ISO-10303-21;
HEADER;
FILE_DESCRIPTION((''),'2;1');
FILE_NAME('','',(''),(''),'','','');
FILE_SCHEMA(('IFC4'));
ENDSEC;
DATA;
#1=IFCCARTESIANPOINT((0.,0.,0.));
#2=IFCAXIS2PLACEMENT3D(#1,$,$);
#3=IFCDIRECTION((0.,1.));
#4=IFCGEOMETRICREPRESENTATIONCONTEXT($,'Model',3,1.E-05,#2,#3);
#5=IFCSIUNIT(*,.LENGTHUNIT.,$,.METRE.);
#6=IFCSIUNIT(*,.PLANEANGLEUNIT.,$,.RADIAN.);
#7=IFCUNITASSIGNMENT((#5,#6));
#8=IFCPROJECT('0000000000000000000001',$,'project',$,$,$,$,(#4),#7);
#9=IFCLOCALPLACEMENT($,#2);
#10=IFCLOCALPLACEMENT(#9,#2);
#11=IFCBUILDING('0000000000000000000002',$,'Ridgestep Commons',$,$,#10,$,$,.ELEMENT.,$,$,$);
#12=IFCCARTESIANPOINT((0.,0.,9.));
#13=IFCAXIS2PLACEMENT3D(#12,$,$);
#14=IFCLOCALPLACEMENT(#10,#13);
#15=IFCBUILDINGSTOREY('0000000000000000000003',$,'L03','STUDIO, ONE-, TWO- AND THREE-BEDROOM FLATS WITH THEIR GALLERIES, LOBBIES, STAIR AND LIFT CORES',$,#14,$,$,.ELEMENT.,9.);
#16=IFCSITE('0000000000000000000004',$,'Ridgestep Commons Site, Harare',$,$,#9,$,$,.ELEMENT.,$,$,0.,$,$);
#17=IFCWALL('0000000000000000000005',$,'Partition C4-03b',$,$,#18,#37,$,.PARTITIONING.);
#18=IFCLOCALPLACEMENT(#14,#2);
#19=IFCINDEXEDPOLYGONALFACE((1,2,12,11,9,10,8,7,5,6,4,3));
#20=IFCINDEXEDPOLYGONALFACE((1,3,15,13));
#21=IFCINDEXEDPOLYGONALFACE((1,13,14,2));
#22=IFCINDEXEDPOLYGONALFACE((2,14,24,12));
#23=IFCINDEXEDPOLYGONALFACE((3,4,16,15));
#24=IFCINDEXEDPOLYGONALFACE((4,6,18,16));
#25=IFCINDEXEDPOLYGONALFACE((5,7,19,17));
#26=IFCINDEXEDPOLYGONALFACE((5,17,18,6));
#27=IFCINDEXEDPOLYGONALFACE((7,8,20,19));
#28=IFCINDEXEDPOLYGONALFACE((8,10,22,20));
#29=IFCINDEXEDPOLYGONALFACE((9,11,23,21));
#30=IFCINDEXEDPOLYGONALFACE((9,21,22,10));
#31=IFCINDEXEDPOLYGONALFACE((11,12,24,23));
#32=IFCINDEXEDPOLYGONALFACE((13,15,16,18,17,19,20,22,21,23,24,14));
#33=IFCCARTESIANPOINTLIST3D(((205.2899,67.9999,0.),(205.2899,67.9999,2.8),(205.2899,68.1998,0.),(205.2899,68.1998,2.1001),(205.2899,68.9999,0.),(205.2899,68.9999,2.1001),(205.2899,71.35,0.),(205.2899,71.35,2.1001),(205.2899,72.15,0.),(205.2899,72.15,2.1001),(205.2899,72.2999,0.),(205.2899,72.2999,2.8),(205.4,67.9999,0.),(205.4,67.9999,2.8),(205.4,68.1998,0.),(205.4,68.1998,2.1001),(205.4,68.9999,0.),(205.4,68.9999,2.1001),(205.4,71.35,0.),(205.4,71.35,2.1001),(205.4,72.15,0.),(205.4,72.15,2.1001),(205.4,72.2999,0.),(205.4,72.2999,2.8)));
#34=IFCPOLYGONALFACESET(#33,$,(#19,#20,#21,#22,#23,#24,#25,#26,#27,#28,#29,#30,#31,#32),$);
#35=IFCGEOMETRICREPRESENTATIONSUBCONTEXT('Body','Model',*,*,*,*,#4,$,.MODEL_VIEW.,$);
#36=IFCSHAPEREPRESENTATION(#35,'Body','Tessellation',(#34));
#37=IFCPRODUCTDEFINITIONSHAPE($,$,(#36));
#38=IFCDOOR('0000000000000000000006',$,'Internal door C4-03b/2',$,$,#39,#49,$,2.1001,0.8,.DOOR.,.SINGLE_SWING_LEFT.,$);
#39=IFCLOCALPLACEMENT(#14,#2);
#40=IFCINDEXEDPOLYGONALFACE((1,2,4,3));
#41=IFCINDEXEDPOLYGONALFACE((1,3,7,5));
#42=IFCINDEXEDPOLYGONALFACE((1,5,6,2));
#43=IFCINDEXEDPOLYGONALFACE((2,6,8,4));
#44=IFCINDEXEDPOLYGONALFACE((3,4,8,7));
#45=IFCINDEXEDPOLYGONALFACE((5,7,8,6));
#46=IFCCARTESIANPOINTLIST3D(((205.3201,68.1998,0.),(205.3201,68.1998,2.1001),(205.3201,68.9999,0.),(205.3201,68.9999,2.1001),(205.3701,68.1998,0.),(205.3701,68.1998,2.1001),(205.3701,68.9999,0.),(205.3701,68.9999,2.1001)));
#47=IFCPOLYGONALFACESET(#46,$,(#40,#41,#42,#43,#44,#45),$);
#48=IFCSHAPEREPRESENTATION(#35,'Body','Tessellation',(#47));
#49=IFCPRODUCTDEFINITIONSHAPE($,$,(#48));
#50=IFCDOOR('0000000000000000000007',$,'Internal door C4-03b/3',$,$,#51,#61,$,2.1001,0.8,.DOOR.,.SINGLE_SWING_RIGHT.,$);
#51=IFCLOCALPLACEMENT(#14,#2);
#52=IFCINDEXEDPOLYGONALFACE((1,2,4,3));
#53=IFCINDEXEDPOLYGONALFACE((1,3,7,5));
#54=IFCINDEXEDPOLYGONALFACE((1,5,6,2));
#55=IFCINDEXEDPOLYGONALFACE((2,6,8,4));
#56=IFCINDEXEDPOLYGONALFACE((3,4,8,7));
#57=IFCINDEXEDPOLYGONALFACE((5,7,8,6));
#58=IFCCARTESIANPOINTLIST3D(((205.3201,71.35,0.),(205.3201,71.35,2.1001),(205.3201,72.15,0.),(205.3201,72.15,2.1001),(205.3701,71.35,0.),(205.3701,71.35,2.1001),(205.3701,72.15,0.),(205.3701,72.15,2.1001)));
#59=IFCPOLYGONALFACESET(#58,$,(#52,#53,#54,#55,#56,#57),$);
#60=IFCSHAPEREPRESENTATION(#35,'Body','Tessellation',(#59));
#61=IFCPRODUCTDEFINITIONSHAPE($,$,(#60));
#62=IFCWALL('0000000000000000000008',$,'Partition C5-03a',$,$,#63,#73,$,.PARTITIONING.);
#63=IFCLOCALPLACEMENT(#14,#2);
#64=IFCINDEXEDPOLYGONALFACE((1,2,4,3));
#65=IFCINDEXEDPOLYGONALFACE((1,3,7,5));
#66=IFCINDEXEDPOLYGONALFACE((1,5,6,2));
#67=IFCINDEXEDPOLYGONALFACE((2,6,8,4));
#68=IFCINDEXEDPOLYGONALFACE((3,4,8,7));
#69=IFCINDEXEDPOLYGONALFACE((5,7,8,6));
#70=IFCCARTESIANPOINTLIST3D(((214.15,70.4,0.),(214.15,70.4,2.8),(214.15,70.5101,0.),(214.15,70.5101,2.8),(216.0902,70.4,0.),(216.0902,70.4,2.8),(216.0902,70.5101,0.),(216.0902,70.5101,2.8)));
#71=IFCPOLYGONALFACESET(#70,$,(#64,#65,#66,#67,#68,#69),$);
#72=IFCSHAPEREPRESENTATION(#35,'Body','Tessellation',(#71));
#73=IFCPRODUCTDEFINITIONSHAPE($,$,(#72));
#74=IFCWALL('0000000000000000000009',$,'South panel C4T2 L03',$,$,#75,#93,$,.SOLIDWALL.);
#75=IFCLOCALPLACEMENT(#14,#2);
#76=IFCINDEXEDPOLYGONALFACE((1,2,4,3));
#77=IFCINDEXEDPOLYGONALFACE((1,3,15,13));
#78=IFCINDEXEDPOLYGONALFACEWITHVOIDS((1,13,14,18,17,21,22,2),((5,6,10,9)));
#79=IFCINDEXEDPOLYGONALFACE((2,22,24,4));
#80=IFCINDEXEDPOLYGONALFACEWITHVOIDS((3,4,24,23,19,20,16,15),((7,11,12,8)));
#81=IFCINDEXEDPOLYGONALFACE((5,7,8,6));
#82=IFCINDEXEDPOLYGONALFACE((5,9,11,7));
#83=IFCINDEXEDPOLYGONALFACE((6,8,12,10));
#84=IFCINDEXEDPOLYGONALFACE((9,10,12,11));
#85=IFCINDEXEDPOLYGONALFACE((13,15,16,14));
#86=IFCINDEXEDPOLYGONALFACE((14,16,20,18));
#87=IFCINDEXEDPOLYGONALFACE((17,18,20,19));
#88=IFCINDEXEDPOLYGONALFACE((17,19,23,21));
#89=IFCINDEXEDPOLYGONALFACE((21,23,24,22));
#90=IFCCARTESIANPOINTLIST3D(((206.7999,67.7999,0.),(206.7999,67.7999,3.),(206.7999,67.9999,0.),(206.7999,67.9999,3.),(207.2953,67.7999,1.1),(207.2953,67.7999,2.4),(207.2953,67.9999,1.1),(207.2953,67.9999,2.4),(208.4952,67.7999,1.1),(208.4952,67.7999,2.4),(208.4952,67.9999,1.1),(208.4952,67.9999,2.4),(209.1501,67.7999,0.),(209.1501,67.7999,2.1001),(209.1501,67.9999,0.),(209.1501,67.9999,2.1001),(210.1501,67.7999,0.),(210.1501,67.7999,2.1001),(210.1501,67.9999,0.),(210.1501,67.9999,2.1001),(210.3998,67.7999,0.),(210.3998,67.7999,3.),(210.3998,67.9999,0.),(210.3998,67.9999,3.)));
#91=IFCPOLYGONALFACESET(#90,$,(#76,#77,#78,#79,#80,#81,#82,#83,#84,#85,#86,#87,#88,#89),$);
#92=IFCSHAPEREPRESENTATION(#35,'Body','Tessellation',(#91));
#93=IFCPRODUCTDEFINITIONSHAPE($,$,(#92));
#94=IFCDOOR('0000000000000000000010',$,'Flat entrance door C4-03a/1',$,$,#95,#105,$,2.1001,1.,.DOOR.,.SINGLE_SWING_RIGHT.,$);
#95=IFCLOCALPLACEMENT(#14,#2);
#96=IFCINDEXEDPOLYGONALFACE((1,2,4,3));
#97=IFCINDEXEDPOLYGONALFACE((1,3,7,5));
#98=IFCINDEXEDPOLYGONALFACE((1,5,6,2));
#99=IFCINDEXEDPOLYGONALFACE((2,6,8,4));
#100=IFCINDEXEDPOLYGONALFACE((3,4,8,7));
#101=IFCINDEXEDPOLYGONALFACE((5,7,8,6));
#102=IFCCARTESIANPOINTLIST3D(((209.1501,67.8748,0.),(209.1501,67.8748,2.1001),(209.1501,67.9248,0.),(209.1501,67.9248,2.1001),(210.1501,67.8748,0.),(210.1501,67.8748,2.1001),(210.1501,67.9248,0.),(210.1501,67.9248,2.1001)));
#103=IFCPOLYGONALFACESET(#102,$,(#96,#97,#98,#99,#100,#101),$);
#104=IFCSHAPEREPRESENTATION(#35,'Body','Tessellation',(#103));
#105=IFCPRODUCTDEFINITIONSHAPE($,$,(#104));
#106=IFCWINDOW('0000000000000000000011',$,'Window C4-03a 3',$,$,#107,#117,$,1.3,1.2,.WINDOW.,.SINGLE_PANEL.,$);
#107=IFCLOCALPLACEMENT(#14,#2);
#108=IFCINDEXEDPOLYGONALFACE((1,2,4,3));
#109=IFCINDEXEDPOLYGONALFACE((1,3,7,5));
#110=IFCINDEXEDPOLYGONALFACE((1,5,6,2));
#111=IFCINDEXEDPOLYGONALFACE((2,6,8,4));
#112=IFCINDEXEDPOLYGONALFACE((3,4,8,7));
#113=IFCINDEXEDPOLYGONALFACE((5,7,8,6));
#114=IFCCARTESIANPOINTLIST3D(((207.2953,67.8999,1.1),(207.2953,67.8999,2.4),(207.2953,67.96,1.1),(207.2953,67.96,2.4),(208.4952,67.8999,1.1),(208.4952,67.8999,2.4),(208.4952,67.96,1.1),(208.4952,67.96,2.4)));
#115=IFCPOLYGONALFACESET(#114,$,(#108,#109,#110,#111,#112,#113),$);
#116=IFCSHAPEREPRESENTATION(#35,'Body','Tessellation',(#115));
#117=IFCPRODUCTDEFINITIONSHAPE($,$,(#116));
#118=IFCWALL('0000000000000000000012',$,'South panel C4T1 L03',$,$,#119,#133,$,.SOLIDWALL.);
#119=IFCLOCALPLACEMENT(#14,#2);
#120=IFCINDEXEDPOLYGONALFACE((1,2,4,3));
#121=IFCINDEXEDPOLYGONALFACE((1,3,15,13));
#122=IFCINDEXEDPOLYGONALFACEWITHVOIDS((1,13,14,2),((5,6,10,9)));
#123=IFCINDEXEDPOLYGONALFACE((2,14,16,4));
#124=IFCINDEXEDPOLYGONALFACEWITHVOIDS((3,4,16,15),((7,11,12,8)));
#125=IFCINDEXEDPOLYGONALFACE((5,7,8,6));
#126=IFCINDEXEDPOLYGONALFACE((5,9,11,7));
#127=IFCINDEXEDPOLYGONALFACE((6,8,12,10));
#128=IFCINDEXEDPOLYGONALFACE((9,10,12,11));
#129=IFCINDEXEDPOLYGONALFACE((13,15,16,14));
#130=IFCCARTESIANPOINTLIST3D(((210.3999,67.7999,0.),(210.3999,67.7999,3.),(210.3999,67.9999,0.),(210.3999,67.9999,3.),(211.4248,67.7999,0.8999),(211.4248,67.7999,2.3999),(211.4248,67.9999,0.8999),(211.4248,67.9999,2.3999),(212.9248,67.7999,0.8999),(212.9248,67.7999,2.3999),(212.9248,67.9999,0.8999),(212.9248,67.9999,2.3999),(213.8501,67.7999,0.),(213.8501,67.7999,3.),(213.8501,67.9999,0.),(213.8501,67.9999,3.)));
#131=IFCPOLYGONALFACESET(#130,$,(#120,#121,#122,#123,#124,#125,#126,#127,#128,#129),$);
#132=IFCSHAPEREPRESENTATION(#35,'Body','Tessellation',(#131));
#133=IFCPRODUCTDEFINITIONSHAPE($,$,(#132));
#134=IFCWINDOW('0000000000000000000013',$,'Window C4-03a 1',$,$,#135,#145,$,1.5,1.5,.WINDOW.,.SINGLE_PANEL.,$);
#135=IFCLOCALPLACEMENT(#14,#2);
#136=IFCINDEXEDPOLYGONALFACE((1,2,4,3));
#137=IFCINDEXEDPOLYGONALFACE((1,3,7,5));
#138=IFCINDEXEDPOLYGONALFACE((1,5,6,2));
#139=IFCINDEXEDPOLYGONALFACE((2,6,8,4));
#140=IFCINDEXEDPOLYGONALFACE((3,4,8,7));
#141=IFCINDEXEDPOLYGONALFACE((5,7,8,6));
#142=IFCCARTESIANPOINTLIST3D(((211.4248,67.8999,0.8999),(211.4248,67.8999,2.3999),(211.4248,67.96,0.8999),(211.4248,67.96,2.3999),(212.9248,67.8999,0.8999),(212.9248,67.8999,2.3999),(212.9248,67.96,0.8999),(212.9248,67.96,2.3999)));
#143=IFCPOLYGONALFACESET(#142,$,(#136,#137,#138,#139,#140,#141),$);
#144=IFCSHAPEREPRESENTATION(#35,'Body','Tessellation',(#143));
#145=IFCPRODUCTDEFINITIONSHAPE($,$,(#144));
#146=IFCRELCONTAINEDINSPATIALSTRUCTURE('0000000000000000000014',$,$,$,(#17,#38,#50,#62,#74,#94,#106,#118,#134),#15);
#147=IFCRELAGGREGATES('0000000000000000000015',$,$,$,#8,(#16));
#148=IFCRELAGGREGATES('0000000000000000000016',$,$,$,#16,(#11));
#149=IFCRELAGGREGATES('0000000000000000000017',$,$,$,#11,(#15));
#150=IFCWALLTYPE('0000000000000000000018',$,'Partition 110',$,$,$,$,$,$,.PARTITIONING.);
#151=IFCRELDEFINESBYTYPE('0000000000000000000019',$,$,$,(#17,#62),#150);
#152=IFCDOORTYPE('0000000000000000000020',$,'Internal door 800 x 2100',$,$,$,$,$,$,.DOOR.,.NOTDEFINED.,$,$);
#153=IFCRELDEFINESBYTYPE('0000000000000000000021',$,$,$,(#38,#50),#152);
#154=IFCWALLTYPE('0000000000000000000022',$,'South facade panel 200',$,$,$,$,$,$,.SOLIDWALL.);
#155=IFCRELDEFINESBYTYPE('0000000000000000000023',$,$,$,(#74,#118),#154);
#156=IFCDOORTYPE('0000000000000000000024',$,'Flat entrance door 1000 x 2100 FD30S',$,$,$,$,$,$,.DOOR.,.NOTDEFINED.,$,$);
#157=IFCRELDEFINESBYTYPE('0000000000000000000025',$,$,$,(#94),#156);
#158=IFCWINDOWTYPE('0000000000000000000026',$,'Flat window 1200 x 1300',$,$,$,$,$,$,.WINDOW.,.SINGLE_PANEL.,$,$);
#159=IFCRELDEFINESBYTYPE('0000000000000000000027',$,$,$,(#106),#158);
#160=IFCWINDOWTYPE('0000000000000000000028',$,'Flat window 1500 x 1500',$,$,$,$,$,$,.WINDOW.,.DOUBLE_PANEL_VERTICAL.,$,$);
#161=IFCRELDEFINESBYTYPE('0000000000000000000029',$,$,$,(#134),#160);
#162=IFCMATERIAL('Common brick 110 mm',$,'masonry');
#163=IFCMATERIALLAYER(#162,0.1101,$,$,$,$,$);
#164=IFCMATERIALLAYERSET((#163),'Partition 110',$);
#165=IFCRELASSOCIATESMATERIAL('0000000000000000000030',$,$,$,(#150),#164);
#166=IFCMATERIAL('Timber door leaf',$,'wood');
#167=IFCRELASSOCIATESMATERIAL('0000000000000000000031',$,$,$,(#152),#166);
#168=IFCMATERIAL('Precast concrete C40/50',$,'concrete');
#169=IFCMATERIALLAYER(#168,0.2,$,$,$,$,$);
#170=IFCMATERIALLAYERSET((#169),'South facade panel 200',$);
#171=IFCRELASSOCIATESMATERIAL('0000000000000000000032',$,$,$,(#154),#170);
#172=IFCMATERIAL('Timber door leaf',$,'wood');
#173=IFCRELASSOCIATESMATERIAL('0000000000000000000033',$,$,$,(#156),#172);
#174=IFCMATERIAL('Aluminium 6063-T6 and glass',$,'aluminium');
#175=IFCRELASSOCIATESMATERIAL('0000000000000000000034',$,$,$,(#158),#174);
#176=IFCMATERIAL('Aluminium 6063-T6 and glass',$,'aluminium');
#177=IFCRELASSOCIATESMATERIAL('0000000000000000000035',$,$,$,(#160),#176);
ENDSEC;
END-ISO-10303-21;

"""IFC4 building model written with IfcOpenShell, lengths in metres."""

from ifc_helpers import new_model, si_unit, direction, frame, frame_2d, origin, place, context, subcontext, project, spatial, rectangle, extrude, material, layer, layer_set, type_object, element, fill, save


model = new_model("IFC4")

# Units and contexts
model_context = context("Model", 3, precision=1e-05, world=origin(), true_north=direction((0.0, 1.0)))
body_context = subcontext(model_context, "Body", "Model", "MODEL_VIEW")
ifc_project = project(units=[si_unit("LENGTHUNIT", "METRE"), si_unit("PLANEANGLEUNIT", "RADIAN")], contexts=[model_context])

# Site, building, storey
site_placement = place(None, origin())
site = spatial("IfcSite", under=ifc_project, at=site_placement, Name="Ridgestep Commons Site, Harare", CompositionType="ELEMENT", RefElevation=0.0)
building_placement = place(site_placement, origin())
building = spatial("IfcBuilding", under=site, at=building_placement, Name="Ridgestep Commons", CompositionType="ELEMENT")
storey_placement = place(building_placement, frame((0.0, 0.0, 9.0)))
storey = spatial("IfcBuildingStorey", under=building, at=storey_placement, Name="L03", Description="STUDIO, ONE-, TWO- AND THREE-BEDROOM FLATS WITH THEIR GALLERIES, LOBBIES, STAIR AND LIFT CORES", CompositionType="ELEMENT", Elevation=9.0)

# Shared definitions
ifc_material_1 = material(Name="Common brick 110 mm", Category="masonry")
ifc_layer_1 = layer(ifc_material_1, 0.1101)
ifc_layer_set_1 = layer_set([ifc_layer_1], Name="Partition 110")
wall_type_1 = type_object("IfcWallType", Name="Partition 110", PredefinedType="PARTITIONING", material=ifc_layer_set_1)

# Wall, openings, doors
ifc_material_2 = material(Name="Timber door leaf", Category="wood")
door_type_1 = type_object("IfcDoorType", Name="Internal door 800 x 2100", OperationType="NOTDEFINED", PredefinedType="DOOR", material=ifc_material_2)
wall_1_placement = place(storey_placement, frame((205.345, 68.0, 0.0), z_axis=(0.0, 0.0, 1.0), x_axis=(0.0, 1.0, 0.0)))
wall_1 = element("IfcWall", 1, at=wall_1_placement, inside=storey, type_object=wall_type_1, Name="Partition C4-03b", PredefinedType="PARTITIONING", context=body_context, shape_type="SweptSolid", body=[
    extrude(rectangle(XDim=4.3, YDim=0.1101, at=frame_2d((2.1499, 0.0))), origin(), (0.0, 0.0, 1.0), 2.8),
])
opening_1_placement = place(wall_1_placement, frame((0.2, 0.0, 0.0)))
opening_1 = element("IfcOpeningElement", 2, at=opening_1_placement, cuts=wall_1, PredefinedType="OPENING", context=body_context, shape_type="SweptSolid", body=[
    extrude(rectangle(XDim=0.8, YDim=2.1001, at=frame_2d((0.3999, 1.05))), frame((0.0, 0.0649, 0.0), z_axis=(0.0, -1.0, 0.0), x_axis=(1.0, 0.0, 0.0)), (0.0, 0.0, 1.0), 0.1301),
])
opening_2_placement = place(wall_1_placement, frame((3.3501, 0.0, 0.0)))
opening_2 = element("IfcOpeningElement", 3, at=opening_2_placement, cuts=wall_1, PredefinedType="OPENING", context=body_context, shape_type="SweptSolid", body=[
    extrude(rectangle(XDim=0.8, YDim=2.1001, at=frame_2d((0.3999, 1.05))), frame((0.0, 0.0649, 0.0), z_axis=(0.0, -1.0, 0.0), x_axis=(1.0, 0.0, 0.0)), (0.0, 0.0, 1.0), 0.1301),
])
door_1_placement = place(opening_1_placement, origin())
door_1 = element("IfcDoor", 4, at=door_1_placement, inside=storey, type_object=door_type_1, Name="Internal door C4-03b/2", OperationType="SINGLE_SWING_LEFT", OverallHeight=2.1001, OverallWidth=0.8, PredefinedType="DOOR", context=body_context, shape_type="SweptSolid", body=[
    extrude(rectangle(XDim=0.8, YDim=2.1001, at=frame_2d((0.3999, 1.05))), frame((0.0, 0.0249, 0.0), z_axis=(0.0, -1.0, 0.0), x_axis=(1.0, 0.0, 0.0)), (0.0, 0.0, 1.0), 0.05),
])
fill(opening_1, door_1)
door_2_placement = place(opening_2_placement, origin())
door_2 = element("IfcDoor", 5, at=door_2_placement, inside=storey, type_object=door_type_1, Name="Internal door C4-03b/3", OperationType="SINGLE_SWING_RIGHT", OverallHeight=2.1001, OverallWidth=0.8, PredefinedType="DOOR", context=body_context, shape_type="SweptSolid", body=[
    extrude(rectangle(XDim=0.8, YDim=2.1001, at=frame_2d((0.3999, 1.05))), frame((0.0, 0.0249, 0.0), z_axis=(0.0, -1.0, 0.0), x_axis=(1.0, 0.0, 0.0)), (0.0, 0.0, 1.0), 0.05),
])
fill(opening_2, door_2)

# Wall
wall_2_placement = place(storey_placement, frame((214.1499, 70.4551, 0.0), z_axis=(0.0, 0.0, 1.0), x_axis=(1.0, 0.0, 0.0)))
element("IfcWall", 6, at=wall_2_placement, inside=storey, type_object=wall_type_1, Name="Partition C5-03a", PredefinedType="PARTITIONING", context=body_context, shape_type="SweptSolid", body=[
    extrude(rectangle(XDim=1.9402, YDim=0.1101, at=frame_2d((0.9702, 0.0))), origin(), (0.0, 0.0, 1.0), 2.8),
])

# Wall, openings, door, window
ifc_material_3 = material(Name="Precast concrete C40/50", Category="concrete")
ifc_layer_2 = layer(ifc_material_3, 0.2)
ifc_layer_set_2 = layer_set([ifc_layer_2], Name="South facade panel 200")
wall_type_2 = type_object("IfcWallType", Name="South facade panel 200", PredefinedType="SOLIDWALL", material=ifc_layer_set_2)
wall_3_placement = place(storey_placement, frame((206.8, 67.8999, 0.0), z_axis=(0.0, 0.0, 1.0), x_axis=(1.0, 0.0, 0.0)))
wall_3 = element("IfcWall", 7, at=wall_3_placement, inside=storey, type_object=wall_type_2, Name="South panel C4T2 L03", PredefinedType="SOLIDWALL", context=body_context, shape_type="SweptSolid", body=[
    extrude(rectangle(XDim=3.5999, YDim=0.2, at=frame_2d((1.7998, 0.0))), origin(), (0.0, 0.0, 1.0), 3.0),
])
opening_3_placement = place(wall_3_placement, frame((0.4951, 0.0, 1.1001)))
opening_3 = element("IfcOpeningElement", 8, at=opening_3_placement, cuts=wall_3, PredefinedType="OPENING", context=body_context, shape_type="SweptSolid", body=[
    extrude(rectangle(XDim=1.2, YDim=1.3, at=frame_2d((0.6001, 0.6499))), frame((0.0, 0.1099, 0.0), z_axis=(0.0, -1.0, 0.0), x_axis=(1.0, 0.0, 0.0)), (0.0, 0.0, 1.0), 0.22),
])
opening_4_placement = place(wall_3_placement, frame((2.3501, 0.0, 0.0)))
opening_4 = element("IfcOpeningElement", 9, at=opening_4_placement, cuts=wall_3, PredefinedType="OPENING", context=body_context, shape_type="SweptSolid", body=[
    extrude(rectangle(XDim=1.0, YDim=2.1001, at=frame_2d((0.5, 1.05))), frame((0.0, 0.1099, 0.0), z_axis=(0.0, -1.0, 0.0), x_axis=(1.0, 0.0, 0.0)), (0.0, 0.0, 1.0), 0.22),
])
ifc_material_4 = material(Name="Timber door leaf", Category="wood")
door_type_2 = type_object("IfcDoorType", Name="Flat entrance door 1000 x 2100 FD30S", OperationType="NOTDEFINED", PredefinedType="DOOR", material=ifc_material_4)
door_3_placement = place(opening_4_placement, origin())
door_3 = element("IfcDoor", 10, at=door_3_placement, inside=storey, type_object=door_type_2, Name="Flat entrance door C4-03a/1", OperationType="SINGLE_SWING_RIGHT", OverallHeight=2.1001, OverallWidth=1.0, PredefinedType="DOOR", context=body_context, shape_type="SweptSolid", body=[
    extrude(rectangle(XDim=1.0, YDim=2.1001, at=frame_2d((0.5, 1.05))), frame((0.0, 0.0249, 0.0), z_axis=(0.0, -1.0, 0.0), x_axis=(1.0, 0.0, 0.0)), (0.0, 0.0, 1.0), 0.05),
])
fill(opening_4, door_3)
ifc_material_5 = material(Name="Aluminium 6063-T6 and glass", Category="aluminium")
window_type_1 = type_object("IfcWindowType", Name="Flat window 1200 x 1300", PartitioningType="SINGLE_PANEL", PredefinedType="WINDOW", material=ifc_material_5)
window_1_placement = place(opening_3_placement, origin())
window_1 = element("IfcWindow", 11, at=window_1_placement, inside=storey, type_object=window_type_1, Name="Window C4-03a 3", OverallHeight=1.3, OverallWidth=1.2, PartitioningType="SINGLE_PANEL", PredefinedType="WINDOW", context=body_context, shape_type="SweptSolid", body=[
    extrude(rectangle(XDim=1.2, YDim=1.3, at=frame_2d((0.6001, 0.6499))), frame((0.0, 0.0601, 0.0), z_axis=(0.0, -1.0, 0.0), x_axis=(1.0, 0.0, 0.0)), (0.0, 0.0, 1.0), 0.0601),
])
fill(opening_3, window_1)

# Wall, opening, window
wall_4_placement = place(storey_placement, frame((210.3999, 67.8999, 0.0), z_axis=(0.0, 0.0, 1.0), x_axis=(1.0, 0.0, 0.0)))
wall_4 = element("IfcWall", 12, at=wall_4_placement, inside=storey, type_object=wall_type_2, Name="South panel C4T1 L03", PredefinedType="SOLIDWALL", context=body_context, shape_type="SweptSolid", body=[
    extrude(rectangle(XDim=3.4502, YDim=0.2, at=frame_2d((1.7251, 0.0))), origin(), (0.0, 0.0, 1.0), 3.0),
])
opening_5_placement = place(wall_4_placement, frame((1.0249, 0.0, 0.8999)))
opening_5 = element("IfcOpeningElement", 13, at=opening_5_placement, cuts=wall_4, PredefinedType="OPENING", context=body_context, shape_type="SweptSolid", body=[
    extrude(rectangle(XDim=1.5, YDim=1.5, at=frame_2d((0.75, 0.75))), frame((0.0, 0.1099, 0.0), z_axis=(0.0, -1.0, 0.0), x_axis=(1.0, 0.0, 0.0)), (0.0, 0.0, 1.0), 0.22),
])
ifc_material_6 = material(Name="Aluminium 6063-T6 and glass", Category="aluminium")
window_type_2 = type_object("IfcWindowType", Name="Flat window 1500 x 1500", PartitioningType="DOUBLE_PANEL_VERTICAL", PredefinedType="WINDOW", material=ifc_material_6)
window_2_placement = place(opening_5_placement, origin())
window_2 = element("IfcWindow", 14, at=window_2_placement, inside=storey, type_object=window_type_2, Name="Window C4-03a 1", OverallHeight=1.5, OverallWidth=1.5, PartitioningType="SINGLE_PANEL", PredefinedType="WINDOW", context=body_context, shape_type="SweptSolid", body=[
    extrude(rectangle(XDim=1.5, YDim=1.5, at=frame_2d((0.75, 0.75))), frame((0.0, 0.0601, 0.0), z_axis=(0.0, -1.0, 0.0), x_axis=(1.0, 0.0, 0.0)), (0.0, 0.0, 1.0), 0.0601),
])
fill(opening_5, window_2)

save(model, "model.ifc")
